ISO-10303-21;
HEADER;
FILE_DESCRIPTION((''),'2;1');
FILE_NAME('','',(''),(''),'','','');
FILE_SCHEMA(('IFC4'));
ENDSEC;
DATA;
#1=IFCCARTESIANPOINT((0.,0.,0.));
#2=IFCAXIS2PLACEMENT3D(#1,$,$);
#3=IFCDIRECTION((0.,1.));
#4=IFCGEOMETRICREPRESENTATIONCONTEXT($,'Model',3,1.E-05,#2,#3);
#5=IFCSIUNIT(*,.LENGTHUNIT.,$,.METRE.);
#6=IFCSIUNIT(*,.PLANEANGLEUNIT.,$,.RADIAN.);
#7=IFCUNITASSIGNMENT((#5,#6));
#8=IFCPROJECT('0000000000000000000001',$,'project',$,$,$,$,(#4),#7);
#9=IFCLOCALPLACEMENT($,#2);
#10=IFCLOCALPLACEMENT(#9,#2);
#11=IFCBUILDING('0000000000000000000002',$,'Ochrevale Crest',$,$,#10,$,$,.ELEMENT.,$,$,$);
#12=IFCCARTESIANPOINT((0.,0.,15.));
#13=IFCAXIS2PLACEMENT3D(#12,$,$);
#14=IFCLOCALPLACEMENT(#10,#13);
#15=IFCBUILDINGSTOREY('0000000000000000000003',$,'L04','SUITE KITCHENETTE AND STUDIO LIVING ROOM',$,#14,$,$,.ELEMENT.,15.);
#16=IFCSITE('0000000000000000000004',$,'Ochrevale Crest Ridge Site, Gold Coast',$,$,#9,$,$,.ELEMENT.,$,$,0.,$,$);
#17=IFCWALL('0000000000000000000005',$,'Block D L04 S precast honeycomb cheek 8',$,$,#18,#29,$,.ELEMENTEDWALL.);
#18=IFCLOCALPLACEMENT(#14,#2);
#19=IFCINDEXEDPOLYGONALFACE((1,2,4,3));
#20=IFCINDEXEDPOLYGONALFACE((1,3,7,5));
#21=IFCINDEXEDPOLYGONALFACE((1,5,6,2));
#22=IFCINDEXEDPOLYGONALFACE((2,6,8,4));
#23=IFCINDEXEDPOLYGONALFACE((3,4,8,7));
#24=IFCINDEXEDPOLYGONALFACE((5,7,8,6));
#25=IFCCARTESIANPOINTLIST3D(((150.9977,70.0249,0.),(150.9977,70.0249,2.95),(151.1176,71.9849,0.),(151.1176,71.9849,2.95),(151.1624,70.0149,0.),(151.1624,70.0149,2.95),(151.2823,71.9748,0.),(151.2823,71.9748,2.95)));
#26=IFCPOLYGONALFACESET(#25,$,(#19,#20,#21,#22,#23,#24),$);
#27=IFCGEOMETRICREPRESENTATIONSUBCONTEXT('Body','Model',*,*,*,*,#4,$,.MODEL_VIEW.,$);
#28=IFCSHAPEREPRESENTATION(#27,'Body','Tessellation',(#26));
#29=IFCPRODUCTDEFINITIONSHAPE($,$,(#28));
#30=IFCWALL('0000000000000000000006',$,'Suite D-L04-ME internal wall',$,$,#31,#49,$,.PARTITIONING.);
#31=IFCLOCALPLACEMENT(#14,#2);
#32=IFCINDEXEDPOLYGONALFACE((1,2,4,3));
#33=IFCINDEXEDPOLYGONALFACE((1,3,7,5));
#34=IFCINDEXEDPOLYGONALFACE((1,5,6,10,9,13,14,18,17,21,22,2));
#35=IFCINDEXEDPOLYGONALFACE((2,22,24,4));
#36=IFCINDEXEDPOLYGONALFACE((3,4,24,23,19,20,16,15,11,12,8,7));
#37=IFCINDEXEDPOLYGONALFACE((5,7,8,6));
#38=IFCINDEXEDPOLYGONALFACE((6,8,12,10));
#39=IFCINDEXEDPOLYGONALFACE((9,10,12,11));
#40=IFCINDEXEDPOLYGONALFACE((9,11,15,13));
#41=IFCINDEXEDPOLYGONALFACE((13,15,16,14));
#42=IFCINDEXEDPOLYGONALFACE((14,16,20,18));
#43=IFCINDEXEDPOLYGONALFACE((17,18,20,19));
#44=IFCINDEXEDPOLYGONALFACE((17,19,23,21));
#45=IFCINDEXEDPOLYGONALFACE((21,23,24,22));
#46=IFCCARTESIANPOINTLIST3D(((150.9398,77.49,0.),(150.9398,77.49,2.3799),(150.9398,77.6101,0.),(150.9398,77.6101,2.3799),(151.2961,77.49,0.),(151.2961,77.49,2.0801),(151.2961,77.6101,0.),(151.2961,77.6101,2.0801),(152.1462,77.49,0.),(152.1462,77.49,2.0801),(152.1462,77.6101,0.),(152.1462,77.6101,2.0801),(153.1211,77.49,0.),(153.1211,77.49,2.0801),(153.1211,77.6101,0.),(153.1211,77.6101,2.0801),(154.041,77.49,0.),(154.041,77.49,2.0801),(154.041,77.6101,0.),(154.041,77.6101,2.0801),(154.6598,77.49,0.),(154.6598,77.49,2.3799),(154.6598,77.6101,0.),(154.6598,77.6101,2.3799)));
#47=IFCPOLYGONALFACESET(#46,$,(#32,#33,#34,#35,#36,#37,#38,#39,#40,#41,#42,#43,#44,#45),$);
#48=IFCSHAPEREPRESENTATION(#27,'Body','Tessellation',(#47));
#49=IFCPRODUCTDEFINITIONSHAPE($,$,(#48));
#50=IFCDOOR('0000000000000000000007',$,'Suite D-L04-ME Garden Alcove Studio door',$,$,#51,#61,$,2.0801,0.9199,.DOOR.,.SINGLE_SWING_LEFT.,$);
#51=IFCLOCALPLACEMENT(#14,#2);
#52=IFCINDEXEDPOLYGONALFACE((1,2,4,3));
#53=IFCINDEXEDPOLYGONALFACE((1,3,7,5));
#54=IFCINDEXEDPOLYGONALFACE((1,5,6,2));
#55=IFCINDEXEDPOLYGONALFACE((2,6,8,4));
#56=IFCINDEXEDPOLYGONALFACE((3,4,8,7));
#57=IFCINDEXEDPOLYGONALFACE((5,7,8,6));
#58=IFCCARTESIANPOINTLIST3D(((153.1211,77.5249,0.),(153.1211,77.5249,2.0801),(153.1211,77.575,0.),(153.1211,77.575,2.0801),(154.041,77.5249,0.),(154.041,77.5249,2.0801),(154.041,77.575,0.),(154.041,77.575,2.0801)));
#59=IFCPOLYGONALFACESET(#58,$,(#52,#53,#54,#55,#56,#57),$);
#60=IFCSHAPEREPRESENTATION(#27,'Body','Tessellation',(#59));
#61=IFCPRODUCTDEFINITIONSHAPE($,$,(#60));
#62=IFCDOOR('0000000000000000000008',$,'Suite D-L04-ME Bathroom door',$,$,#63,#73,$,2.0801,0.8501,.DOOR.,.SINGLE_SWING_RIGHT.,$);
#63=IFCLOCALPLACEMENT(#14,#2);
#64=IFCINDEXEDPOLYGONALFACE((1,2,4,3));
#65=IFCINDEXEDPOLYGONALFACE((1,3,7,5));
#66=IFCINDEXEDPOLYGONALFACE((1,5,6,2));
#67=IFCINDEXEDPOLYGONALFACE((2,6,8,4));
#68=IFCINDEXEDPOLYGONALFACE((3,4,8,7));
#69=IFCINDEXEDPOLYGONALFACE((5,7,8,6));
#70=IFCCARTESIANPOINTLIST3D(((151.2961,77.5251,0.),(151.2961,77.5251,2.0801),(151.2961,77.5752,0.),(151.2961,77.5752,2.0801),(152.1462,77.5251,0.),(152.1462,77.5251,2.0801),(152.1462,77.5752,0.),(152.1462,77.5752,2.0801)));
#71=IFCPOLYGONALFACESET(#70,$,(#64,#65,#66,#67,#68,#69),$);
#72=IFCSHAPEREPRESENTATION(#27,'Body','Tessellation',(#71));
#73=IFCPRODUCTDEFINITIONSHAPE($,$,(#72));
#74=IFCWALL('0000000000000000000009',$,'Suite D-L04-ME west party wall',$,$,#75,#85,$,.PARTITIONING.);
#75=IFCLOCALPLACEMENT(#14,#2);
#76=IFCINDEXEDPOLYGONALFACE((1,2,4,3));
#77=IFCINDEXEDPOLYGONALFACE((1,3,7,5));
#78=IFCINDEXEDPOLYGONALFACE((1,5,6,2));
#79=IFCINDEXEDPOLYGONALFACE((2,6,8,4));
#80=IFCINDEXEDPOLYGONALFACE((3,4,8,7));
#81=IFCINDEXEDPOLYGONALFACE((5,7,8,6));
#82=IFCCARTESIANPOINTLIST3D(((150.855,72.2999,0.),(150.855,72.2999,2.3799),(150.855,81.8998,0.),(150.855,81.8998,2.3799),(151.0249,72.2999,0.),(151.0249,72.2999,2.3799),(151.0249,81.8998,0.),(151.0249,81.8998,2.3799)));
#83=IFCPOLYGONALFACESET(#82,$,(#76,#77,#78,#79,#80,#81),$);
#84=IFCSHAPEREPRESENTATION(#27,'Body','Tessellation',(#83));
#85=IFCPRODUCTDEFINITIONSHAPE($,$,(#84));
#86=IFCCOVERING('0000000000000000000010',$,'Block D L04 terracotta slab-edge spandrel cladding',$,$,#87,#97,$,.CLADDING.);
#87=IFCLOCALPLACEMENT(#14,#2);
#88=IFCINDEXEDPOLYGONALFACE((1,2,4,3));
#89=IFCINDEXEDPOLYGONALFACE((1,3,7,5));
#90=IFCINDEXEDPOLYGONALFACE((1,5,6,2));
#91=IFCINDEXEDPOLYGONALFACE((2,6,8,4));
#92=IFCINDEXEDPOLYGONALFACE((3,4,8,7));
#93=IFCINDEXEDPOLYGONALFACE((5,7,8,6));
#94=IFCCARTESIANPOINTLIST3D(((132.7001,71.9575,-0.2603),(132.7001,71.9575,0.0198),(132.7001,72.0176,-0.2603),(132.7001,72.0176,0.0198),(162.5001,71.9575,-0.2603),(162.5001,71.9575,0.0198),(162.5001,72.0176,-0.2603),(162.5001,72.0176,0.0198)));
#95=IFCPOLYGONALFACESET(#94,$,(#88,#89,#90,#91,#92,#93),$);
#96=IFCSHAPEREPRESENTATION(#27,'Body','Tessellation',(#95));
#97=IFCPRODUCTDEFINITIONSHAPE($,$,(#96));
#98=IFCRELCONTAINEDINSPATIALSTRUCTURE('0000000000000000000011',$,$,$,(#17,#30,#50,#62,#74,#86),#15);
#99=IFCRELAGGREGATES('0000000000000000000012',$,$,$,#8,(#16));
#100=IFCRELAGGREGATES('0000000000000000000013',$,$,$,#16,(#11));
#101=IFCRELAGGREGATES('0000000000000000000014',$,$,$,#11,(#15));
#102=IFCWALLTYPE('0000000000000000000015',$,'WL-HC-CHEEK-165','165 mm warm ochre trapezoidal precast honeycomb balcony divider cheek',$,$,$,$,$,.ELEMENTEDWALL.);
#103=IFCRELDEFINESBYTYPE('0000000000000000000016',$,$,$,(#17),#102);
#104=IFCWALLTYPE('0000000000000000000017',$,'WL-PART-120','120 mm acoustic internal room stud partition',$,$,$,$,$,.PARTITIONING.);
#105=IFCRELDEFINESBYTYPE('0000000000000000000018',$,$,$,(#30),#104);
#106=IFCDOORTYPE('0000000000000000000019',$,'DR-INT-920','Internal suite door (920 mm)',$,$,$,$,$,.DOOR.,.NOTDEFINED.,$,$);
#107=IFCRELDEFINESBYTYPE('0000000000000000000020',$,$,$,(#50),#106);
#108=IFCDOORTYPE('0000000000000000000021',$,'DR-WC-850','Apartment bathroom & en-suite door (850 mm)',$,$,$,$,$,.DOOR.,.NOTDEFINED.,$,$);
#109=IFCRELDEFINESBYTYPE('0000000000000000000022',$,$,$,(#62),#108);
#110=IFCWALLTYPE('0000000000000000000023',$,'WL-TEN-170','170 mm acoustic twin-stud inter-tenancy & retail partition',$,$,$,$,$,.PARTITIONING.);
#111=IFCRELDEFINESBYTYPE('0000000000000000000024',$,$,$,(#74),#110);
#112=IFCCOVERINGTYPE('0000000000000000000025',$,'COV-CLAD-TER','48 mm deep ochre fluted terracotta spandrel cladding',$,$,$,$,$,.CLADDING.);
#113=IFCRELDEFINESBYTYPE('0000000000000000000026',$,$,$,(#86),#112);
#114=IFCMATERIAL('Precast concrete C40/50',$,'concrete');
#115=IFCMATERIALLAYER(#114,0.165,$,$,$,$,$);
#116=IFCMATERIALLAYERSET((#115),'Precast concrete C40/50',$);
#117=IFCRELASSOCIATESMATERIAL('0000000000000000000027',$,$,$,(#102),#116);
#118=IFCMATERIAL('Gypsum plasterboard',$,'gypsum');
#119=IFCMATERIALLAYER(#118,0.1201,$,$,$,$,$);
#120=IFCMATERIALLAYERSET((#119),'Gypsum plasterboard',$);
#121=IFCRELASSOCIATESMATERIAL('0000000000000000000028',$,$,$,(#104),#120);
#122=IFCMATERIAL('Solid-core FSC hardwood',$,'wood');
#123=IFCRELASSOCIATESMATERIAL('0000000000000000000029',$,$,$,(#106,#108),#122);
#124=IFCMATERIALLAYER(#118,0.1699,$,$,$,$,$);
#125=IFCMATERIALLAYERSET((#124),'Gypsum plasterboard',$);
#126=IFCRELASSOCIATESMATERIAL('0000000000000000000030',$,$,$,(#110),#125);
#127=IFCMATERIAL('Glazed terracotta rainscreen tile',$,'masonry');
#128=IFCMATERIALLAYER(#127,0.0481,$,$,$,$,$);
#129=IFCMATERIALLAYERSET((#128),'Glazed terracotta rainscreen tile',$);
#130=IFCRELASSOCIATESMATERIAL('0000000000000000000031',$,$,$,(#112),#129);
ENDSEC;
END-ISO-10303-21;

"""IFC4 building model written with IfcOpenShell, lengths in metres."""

from ifc_helpers import new_model, si_unit, direction, frame, frame_2d, origin, origin_2d, place, context, subcontext, project, spatial, rectangle, extrude, material, layer, layer_set, type_object, element, fill, save


model = new_model("IFC4")

# Units and contexts
model_context = context("Model", 3, precision=1e-05, world=origin(), true_north=direction((0.0, 1.0)))
body_context = subcontext(model_context, "Body", "Model", "MODEL_VIEW")
ifc_project = project(units=[si_unit("LENGTHUNIT", "METRE"), si_unit("PLANEANGLEUNIT", "RADIAN")], contexts=[model_context])

# Site, building, storey
site_placement = place(None, origin())
site = spatial("IfcSite", under=ifc_project, at=site_placement, Name="Ochrevale Crest Ridge Site, Gold Coast", CompositionType="ELEMENT", RefElevation=0.0)
building_placement = place(site_placement, origin())
building = spatial("IfcBuilding", under=site, at=building_placement, Name="Ochrevale Crest", CompositionType="ELEMENT")
storey_placement = place(building_placement, frame((0.0, 0.0, 15.0)))
storey = spatial("IfcBuildingStorey", under=building, at=storey_placement, Name="L04", Description="SUITE KITCHENETTE AND STUDIO LIVING ROOM", CompositionType="ELEMENT", Elevation=15.0)

# Shared definitions
ifc_material_1 = material(Name="Precast concrete C40/50", Category="concrete")

# Wall
ifc_layer_1 = layer(ifc_material_1, 0.165)
ifc_layer_set_1 = layer_set([ifc_layer_1], Name="Precast concrete C40/50")
wall_type_1 = type_object("IfcWallType", Name="WL-HC-CHEEK-165", Description="165 mm warm ochre trapezoidal precast honeycomb balcony divider cheek", PredefinedType="ELEMENTEDWALL", material=ifc_layer_set_1)
wall_1_placement = place(storey_placement, frame((151.2, 71.98, 0.0), z_axis=(0.0, 0.0, 1.0), x_axis=(-0.061047, -0.998135, 0.0)))
element("IfcWall", 1, at=wall_1_placement, inside=storey, type_object=wall_type_1, Name="Block D L04 S precast honeycomb cheek 8", PredefinedType="ELEMENTEDWALL", context=body_context, shape_type="SweptSolid", body=[
    extrude(rectangle(XDim=1.9636, YDim=0.165, at=frame_2d((0.9819, 0.0))), origin(), (0.0, 0.0, 1.0), 2.95),
])

# Wall, openings, doors
ifc_material_2 = material(Name="Gypsum plasterboard", Category="gypsum")
ifc_layer_2 = layer(ifc_material_2, 0.1201)
ifc_layer_set_2 = layer_set([ifc_layer_2], Name="Gypsum plasterboard")
wall_type_2 = type_object("IfcWallType", Name="WL-PART-120", Description="120 mm acoustic internal room stud partition", PredefinedType="PARTITIONING", material=ifc_layer_set_2)
wall_2_placement = place(storey_placement, frame((150.9399, 77.55, 0.0), z_axis=(0.0, 0.0, 1.0), x_axis=(1.0, 0.0, 0.0)))
wall_2 = element("IfcWall", 2, at=wall_2_placement, inside=storey, type_object=wall_type_2, Name="Suite D-L04-ME internal wall", PredefinedType="PARTITIONING", context=body_context, shape_type="SweptSolid", body=[
    extrude(rectangle(XDim=3.72, YDim=0.1201, at=frame_2d((1.8599, 0.0))), origin(), (0.0, 0.0, 1.0), 2.3799),
])
opening_1_placement = place(wall_2_placement, frame((1.2063, 0.0, 0.0), z_axis=(0.0, 0.0, 1.0), x_axis=(-1.0, 0.0, 0.0)))
opening_1 = element("IfcOpeningElement", 3, at=opening_1_placement, cuts=wall_2, PredefinedType="OPENING", context=body_context, shape_type="SweptSolid", body=[
    extrude(rectangle(XDim=0.8501, YDim=2.0801, at=frame_2d((0.425, 1.04))), frame((0.0, 0.0701, 0.0), z_axis=(0.0, -1.0, 0.0), x_axis=(1.0, 0.0, 0.0)), (0.0, 0.0, 1.0), 0.1401),
])
opening_2_placement = place(wall_2_placement, frame((2.1812, 0.0, 0.0)))
opening_2 = element("IfcOpeningElement", 4, at=opening_2_placement, cuts=wall_2, PredefinedType="OPENING", context=body_context, shape_type="SweptSolid", body=[
    extrude(rectangle(XDim=0.9199, YDim=2.0801, at=frame_2d((0.46, 1.04))), frame((0.0, 0.0701, 0.0), z_axis=(0.0, -1.0, 0.0), x_axis=(1.0, 0.0, 0.0)), (0.0, 0.0, 1.0), 0.1401),
])
ifc_material_3 = material(Name="Solid-core FSC hardwood", Category="wood")
door_type_1 = type_object("IfcDoorType", Name="DR-INT-920", Description="Internal suite door (920 mm)", OperationType="NOTDEFINED", PredefinedType="DOOR", material=ifc_material_3)
door_1_placement = place(opening_2_placement, origin())
door_1 = element("IfcDoor", 5, at=door_1_placement, inside=storey, type_object=door_type_1, Name="Suite D-L04-ME Garden Alcove Studio door", OperationType="SINGLE_SWING_LEFT", OverallHeight=2.0801, OverallWidth=0.9199, PredefinedType="DOOR", context=body_context, shape_type="SweptSolid", body=[
    extrude(rectangle(XDim=0.9199, YDim=2.0801, at=frame_2d((0.46, 1.04))), frame((0.0, 0.0249, 0.0), z_axis=(0.0, -1.0, 0.0), x_axis=(1.0, 0.0, 0.0)), (0.0, 0.0, 1.0), 0.05),
])
fill(opening_2, door_1)
door_type_2 = type_object("IfcDoorType", Name="DR-WC-850", Description="Apartment bathroom & en-suite door (850 mm)", OperationType="NOTDEFINED", PredefinedType="DOOR", material=ifc_material_3)
door_2_placement = place(opening_1_placement, origin())
door_2 = element("IfcDoor", 6, at=door_2_placement, inside=storey, type_object=door_type_2, Name="Suite D-L04-ME Bathroom door", OperationType="SINGLE_SWING_RIGHT", OverallHeight=2.0801, OverallWidth=0.8501, PredefinedType="DOOR", context=body_context, shape_type="SweptSolid", body=[
    extrude(rectangle(XDim=0.8501, YDim=2.0801, at=frame_2d((0.425, 1.04))), frame((0.0, 0.0249, 0.0), z_axis=(0.0, -1.0, 0.0), x_axis=(1.0, 0.0, 0.0)), (0.0, 0.0, 1.0), 0.05),
])
fill(opening_1, door_2)

# Wall
ifc_layer_3 = layer(ifc_material_2, 0.1699)
ifc_layer_set_3 = layer_set([ifc_layer_3], Name="Gypsum plasterboard")
wall_type_3 = type_object("IfcWallType", Name="WL-TEN-170", Description="170 mm acoustic twin-stud inter-tenancy & retail partition", PredefinedType="PARTITIONING", material=ifc_layer_set_3)
wall_3_placement = place(storey_placement, frame((150.9399, 72.3, 0.0), z_axis=(0.0, 0.0, 1.0), x_axis=(0.0, 1.0, 0.0)))
element("IfcWall", 7, at=wall_3_placement, inside=storey, type_object=wall_type_3, Name="Suite D-L04-ME west party wall", PredefinedType="PARTITIONING", context=body_context, shape_type="SweptSolid", body=[
    extrude(rectangle(XDim=9.5999, YDim=0.1699, at=frame_2d((4.7998, 0.0))), origin(), (0.0, 0.0, 1.0), 2.3799),
])

# Covering
ifc_material_4 = material(Name="Glazed terracotta rainscreen tile", Category="masonry")
ifc_layer_4 = layer(ifc_material_4, 0.0481)
ifc_layer_set_4 = layer_set([ifc_layer_4], Name="Glazed terracotta rainscreen tile")
covering_type = type_object("IfcCoveringType", Name="COV-CLAD-TER", Description="48 mm deep ochre fluted terracotta spandrel cladding", PredefinedType="CLADDING", material=ifc_layer_set_4)
covering_placement = place(storey_placement, frame((147.6001, 71.9875, -0.2603), z_axis=(0.0, 0.0, 1.0), x_axis=(1.0, 0.0, 0.0)))
element("IfcCovering", 8, at=covering_placement, inside=storey, type_object=covering_type, Name="Block D L04 terracotta slab-edge spandrel cladding", PredefinedType="CLADDING", context=body_context, shape_type="SweptSolid", body=[
    extrude(rectangle(XDim=29.8, YDim=0.0601, at=origin_2d()), origin(), (0.0, 0.0, 1.0), 0.28),
])

save(model, "model.ifc")
